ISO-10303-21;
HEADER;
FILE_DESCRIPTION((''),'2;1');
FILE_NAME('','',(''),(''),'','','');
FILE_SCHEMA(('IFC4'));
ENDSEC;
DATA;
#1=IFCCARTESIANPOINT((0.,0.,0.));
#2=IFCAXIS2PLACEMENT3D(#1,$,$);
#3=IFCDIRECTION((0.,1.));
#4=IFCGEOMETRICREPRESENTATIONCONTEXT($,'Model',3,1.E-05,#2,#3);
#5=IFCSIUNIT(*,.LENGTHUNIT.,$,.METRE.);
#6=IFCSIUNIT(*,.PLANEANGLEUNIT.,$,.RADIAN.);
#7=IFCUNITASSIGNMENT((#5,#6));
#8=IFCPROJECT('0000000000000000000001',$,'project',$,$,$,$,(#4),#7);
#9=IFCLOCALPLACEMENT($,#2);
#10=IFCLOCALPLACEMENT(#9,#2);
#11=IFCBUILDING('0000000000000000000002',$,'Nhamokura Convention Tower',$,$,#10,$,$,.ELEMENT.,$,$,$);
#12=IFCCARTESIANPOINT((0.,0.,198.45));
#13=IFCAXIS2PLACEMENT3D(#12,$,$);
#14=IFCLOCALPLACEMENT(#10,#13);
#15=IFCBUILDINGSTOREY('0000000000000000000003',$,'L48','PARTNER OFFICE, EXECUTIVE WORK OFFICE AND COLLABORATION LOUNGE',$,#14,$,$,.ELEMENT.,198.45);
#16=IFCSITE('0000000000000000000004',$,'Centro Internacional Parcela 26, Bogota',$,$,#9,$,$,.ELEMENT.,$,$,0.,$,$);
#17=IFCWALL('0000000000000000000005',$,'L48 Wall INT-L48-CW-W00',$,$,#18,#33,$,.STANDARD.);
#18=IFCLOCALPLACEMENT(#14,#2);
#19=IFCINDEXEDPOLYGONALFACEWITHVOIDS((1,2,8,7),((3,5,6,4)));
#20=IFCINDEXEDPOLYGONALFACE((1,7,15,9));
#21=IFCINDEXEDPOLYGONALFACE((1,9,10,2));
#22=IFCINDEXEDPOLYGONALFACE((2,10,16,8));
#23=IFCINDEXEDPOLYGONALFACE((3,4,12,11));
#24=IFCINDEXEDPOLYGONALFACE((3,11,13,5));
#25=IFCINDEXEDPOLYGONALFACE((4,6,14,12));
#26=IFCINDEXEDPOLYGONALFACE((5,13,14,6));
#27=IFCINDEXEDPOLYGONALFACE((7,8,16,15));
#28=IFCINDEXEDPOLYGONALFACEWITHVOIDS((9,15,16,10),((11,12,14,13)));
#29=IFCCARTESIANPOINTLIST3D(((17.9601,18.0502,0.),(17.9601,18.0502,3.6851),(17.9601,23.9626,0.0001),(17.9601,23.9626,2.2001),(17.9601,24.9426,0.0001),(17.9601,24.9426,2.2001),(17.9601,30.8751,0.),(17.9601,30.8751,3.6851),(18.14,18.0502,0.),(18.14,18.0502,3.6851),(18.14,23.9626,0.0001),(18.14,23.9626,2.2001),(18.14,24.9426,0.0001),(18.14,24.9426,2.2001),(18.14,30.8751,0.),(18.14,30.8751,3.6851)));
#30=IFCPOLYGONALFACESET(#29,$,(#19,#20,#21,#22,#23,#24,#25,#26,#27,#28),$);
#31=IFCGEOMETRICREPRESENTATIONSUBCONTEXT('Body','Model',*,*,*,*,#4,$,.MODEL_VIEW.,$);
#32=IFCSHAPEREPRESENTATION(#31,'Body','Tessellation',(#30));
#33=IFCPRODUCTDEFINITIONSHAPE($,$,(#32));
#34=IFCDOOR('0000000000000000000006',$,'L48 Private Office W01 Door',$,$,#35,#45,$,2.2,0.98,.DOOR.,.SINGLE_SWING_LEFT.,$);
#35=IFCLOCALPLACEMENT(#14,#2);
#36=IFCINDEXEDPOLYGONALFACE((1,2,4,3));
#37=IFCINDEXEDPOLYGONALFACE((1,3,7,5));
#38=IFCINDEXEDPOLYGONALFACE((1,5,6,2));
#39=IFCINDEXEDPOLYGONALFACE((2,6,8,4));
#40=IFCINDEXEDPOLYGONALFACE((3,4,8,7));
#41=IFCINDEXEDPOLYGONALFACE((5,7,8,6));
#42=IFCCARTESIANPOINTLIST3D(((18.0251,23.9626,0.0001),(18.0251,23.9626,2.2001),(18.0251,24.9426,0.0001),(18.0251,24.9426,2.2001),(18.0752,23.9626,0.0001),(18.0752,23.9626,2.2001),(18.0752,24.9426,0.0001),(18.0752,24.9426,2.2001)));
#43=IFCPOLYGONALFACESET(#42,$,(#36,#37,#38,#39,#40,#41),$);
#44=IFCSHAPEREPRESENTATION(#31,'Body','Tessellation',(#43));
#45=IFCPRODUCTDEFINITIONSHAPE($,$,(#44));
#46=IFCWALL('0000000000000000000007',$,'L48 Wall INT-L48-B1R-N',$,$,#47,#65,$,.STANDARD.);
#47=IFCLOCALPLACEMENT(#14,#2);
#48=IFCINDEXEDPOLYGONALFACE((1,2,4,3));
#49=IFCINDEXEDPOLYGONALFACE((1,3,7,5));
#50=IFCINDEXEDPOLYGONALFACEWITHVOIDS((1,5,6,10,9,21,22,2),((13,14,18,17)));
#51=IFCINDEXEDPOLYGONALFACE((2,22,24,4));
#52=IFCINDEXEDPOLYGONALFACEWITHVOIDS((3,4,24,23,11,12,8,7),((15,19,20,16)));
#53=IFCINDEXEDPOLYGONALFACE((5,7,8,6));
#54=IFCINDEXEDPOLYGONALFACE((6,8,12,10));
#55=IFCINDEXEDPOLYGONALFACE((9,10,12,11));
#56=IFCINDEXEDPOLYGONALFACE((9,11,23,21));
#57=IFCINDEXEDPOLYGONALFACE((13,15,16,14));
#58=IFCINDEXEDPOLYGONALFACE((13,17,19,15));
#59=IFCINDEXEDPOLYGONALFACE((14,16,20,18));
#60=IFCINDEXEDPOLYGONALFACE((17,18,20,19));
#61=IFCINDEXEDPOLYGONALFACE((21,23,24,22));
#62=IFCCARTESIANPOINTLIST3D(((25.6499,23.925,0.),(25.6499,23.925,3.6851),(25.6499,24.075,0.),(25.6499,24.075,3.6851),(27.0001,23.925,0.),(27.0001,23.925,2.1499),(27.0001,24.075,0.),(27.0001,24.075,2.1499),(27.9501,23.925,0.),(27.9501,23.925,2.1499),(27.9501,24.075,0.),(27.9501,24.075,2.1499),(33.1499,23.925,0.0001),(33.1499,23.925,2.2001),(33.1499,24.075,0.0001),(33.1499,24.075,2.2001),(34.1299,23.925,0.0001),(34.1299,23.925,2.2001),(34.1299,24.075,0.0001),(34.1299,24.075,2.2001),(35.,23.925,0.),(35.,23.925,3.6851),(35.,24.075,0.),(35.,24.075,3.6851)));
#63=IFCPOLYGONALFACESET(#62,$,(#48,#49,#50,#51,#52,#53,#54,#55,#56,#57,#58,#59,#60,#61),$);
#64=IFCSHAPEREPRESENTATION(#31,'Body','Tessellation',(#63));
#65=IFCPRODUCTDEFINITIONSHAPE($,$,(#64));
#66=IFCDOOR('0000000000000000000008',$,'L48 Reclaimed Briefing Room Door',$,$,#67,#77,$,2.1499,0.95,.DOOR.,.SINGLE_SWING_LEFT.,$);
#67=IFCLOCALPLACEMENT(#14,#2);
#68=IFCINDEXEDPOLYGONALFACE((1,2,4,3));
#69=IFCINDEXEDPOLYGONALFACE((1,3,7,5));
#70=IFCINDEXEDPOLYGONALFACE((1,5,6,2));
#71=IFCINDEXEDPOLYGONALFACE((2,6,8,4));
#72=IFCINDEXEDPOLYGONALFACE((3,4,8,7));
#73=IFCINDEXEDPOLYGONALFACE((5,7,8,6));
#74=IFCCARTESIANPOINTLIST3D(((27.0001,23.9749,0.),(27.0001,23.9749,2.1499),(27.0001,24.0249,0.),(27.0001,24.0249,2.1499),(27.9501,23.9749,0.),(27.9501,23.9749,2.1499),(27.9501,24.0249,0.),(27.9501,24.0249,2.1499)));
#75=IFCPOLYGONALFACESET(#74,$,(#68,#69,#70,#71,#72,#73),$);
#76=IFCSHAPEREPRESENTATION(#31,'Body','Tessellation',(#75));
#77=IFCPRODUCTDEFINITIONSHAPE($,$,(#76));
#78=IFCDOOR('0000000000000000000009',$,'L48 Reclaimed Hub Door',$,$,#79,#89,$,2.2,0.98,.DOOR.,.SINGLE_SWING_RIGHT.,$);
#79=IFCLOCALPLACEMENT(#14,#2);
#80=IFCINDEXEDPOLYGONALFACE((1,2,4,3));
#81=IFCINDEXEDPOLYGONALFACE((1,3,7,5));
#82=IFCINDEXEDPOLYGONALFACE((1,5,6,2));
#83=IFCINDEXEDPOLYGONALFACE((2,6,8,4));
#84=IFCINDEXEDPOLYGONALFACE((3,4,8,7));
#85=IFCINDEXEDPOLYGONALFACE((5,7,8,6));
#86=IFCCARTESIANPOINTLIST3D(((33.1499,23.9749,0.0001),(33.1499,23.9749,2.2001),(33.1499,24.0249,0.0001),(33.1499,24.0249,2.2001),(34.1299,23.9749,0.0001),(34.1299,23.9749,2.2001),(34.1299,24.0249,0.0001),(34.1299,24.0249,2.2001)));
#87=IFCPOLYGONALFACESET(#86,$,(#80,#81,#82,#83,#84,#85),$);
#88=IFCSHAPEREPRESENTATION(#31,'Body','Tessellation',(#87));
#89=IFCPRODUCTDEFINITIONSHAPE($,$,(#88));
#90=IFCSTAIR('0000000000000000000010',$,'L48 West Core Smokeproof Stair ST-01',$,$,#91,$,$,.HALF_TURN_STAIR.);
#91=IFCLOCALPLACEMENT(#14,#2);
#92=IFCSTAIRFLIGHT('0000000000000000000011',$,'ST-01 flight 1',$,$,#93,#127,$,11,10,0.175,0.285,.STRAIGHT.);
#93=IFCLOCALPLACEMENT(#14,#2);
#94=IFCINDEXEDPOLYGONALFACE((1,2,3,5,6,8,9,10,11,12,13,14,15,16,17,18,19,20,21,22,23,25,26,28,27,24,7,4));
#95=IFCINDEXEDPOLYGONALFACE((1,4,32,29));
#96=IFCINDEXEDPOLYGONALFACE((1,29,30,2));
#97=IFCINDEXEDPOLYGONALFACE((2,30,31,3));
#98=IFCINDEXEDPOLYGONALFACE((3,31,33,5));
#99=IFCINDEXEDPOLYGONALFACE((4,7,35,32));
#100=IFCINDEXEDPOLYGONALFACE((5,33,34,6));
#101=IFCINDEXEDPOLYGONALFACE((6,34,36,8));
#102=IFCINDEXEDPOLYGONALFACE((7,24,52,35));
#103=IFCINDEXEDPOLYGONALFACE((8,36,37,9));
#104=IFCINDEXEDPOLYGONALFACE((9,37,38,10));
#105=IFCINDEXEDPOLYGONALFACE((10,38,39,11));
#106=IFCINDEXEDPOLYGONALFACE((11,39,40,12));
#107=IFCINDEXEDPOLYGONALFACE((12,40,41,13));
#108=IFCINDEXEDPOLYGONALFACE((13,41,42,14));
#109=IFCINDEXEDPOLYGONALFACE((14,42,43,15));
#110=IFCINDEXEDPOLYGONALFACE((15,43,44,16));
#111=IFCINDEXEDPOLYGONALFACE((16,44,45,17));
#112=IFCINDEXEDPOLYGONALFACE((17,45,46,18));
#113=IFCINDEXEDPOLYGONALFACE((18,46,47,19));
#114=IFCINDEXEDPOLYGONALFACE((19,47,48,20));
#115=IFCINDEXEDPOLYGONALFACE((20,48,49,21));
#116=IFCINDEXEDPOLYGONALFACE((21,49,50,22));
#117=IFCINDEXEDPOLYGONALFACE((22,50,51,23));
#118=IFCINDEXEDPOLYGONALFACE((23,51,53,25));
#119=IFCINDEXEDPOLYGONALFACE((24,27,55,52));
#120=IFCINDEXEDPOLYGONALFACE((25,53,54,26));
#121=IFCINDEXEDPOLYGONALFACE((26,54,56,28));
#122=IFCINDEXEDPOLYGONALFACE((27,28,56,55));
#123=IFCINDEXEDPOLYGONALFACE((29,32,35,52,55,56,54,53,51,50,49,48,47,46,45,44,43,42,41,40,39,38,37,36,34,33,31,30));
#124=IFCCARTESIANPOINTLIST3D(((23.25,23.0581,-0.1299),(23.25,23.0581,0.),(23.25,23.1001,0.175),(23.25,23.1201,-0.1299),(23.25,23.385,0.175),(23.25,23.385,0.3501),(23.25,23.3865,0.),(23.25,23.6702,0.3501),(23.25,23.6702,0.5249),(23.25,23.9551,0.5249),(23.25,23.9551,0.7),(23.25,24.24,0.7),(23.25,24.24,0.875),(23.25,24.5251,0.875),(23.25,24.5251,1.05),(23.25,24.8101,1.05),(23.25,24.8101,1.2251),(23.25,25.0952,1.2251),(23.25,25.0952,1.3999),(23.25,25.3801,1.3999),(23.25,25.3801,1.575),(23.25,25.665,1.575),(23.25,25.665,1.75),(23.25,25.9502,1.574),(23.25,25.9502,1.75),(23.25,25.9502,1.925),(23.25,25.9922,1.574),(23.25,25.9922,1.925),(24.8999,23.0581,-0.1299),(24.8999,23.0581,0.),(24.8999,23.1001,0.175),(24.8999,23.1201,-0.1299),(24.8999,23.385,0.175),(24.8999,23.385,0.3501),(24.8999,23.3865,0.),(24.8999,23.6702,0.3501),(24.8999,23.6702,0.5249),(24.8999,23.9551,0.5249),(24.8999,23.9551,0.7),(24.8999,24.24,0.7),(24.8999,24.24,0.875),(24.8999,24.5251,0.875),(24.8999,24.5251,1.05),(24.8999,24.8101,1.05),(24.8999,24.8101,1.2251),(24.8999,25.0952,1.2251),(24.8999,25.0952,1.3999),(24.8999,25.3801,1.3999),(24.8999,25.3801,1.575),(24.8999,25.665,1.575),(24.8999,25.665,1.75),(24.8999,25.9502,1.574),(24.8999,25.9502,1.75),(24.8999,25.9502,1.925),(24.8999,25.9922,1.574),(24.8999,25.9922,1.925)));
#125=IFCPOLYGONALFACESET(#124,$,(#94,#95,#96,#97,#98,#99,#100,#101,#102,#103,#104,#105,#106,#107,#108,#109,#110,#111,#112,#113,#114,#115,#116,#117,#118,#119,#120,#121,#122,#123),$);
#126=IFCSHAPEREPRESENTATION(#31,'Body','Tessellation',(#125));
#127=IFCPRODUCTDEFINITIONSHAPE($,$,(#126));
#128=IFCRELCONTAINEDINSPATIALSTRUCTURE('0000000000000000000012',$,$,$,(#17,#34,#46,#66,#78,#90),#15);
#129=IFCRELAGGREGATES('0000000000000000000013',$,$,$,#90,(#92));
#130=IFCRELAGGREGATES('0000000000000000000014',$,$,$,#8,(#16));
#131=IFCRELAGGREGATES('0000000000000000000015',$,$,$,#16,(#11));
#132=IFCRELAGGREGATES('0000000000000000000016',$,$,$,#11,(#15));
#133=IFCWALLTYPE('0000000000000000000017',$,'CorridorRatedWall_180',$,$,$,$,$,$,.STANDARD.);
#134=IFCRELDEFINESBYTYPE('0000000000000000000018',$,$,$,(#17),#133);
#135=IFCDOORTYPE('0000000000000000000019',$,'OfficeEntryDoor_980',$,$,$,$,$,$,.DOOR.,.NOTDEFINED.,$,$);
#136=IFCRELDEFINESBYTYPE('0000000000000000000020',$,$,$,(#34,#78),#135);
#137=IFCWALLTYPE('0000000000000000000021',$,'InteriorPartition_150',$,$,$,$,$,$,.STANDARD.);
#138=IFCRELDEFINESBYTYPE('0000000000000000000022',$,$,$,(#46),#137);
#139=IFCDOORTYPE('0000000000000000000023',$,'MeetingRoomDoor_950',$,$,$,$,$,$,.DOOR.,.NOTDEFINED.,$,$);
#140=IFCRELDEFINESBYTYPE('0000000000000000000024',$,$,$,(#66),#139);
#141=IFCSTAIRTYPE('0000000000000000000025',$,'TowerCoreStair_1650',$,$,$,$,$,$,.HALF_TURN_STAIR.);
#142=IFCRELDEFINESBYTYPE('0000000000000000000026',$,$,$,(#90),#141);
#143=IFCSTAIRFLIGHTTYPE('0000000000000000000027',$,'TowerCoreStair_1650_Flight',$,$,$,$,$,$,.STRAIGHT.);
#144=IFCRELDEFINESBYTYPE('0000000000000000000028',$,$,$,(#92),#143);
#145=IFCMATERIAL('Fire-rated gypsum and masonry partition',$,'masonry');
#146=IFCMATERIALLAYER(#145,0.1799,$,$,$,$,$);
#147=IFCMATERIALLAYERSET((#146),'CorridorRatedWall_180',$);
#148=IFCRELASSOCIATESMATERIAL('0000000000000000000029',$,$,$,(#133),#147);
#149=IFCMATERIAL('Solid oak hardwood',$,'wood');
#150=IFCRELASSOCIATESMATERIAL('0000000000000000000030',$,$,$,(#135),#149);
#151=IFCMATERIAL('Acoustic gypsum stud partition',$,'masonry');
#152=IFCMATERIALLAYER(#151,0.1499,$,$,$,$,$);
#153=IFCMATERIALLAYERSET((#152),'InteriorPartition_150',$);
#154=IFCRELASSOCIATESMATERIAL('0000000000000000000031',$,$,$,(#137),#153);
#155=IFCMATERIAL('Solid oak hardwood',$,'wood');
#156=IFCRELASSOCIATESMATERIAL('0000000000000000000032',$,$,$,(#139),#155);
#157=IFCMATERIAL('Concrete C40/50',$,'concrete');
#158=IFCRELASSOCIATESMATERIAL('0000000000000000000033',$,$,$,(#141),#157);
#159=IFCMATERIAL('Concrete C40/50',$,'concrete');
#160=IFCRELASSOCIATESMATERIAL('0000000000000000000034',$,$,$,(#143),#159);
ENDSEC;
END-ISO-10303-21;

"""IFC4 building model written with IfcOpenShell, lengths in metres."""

from ifc_helpers import new_model, si_unit, direction, frame, frame_2d, origin, place, context, subcontext, project, spatial, polyline, rectangle, outline, extrude, material, layer, layer_set, type_object, element, fill, aggregate, save


model = new_model("IFC4")

# Units and contexts
model_context = context("Model", 3, precision=1e-05, world=origin(), true_north=direction((0.0, 1.0)))
body_context = subcontext(model_context, "Body", "Model", "MODEL_VIEW")
ifc_project = project(units=[si_unit("LENGTHUNIT", "METRE"), si_unit("PLANEANGLEUNIT", "RADIAN")], contexts=[model_context])

# Site, building, storey
site_placement = place(None, origin())
site = spatial("IfcSite", under=ifc_project, at=site_placement, Name="Centro Internacional Parcela 26, Bogota", CompositionType="ELEMENT", RefElevation=0.0)
building_placement = place(site_placement, origin())
building = spatial("IfcBuilding", under=site, at=building_placement, Name="Nhamokura Convention Tower", CompositionType="ELEMENT")
storey_placement = place(building_placement, frame((0.0, 0.0, 198.45)))
storey = spatial("IfcBuildingStorey", under=building, at=storey_placement, Name="L48", Description="PARTNER OFFICE, EXECUTIVE WORK OFFICE AND COLLABORATION LOUNGE", CompositionType="ELEMENT", Elevation=198.45)

# Wall, opening, door
ifc_material_1 = material(Name="Fire-rated gypsum and masonry partition", Category="masonry")
ifc_layer_1 = layer(ifc_material_1, 0.1799)
ifc_layer_set_1 = layer_set([ifc_layer_1], Name="CorridorRatedWall_180")
wall_type_1 = type_object("IfcWallType", Name="CorridorRatedWall_180", PredefinedType="STANDARD", material=ifc_layer_set_1)
ifc_material_2 = material(Name="Solid oak hardwood", Category="wood")
door_type_1 = type_object("IfcDoorType", Name="OfficeEntryDoor_980", OperationType="NOTDEFINED", PredefinedType="DOOR", material=ifc_material_2)
wall_1_placement = place(storey_placement, frame((18.05, 18.05, 0.0), z_axis=(0.0, 0.0, 1.0), x_axis=(0.0, 1.0, 0.0)))
wall_1 = element("IfcWall", 1, at=wall_1_placement, inside=storey, type_object=wall_type_1, Name="L48 Wall INT-L48-CW-W00", PredefinedType="STANDARD", context=body_context, shape_type="SweptSolid", body=[
    extrude(rectangle(XDim=12.825, YDim=0.1799, at=frame_2d((6.4126, 0.0))), origin(), (0.0, 0.0, 1.0), 3.6851),
])
opening_1_placement = place(wall_1_placement, frame((5.9126, 0.0, 0.0)))
opening_1 = element("IfcOpeningElement", 2, at=opening_1_placement, cuts=wall_1, PredefinedType="OPENING", context=body_context, shape_type="SweptSolid", body=[
    extrude(rectangle(XDim=0.98, YDim=2.2, at=frame_2d((0.49, 1.1001))), frame((0.0, 0.0999, 0.0), z_axis=(0.0, -1.0, 0.0), x_axis=(1.0, 0.0, 0.0)), (0.0, 0.0, 1.0), 0.2),
])
door_1_placement = place(opening_1_placement, origin())
door_1 = element("IfcDoor", 3, at=door_1_placement, inside=storey, type_object=door_type_1, Name="L48 Private Office W01 Door", OperationType="SINGLE_SWING_LEFT", OverallHeight=2.2, OverallWidth=0.98, PredefinedType="DOOR", context=body_context, shape_type="SweptSolid", body=[
    extrude(rectangle(XDim=0.98, YDim=2.2, at=frame_2d((0.49, 1.1001))), frame((0.0, 0.0249, 0.0), z_axis=(0.0, -1.0, 0.0), x_axis=(1.0, 0.0, 0.0)), (0.0, 0.0, 1.0), 0.05),
])
fill(opening_1, door_1)

# Wall, openings, doors
ifc_material_3 = material(Name="Acoustic gypsum stud partition", Category="masonry")
ifc_layer_2 = layer(ifc_material_3, 0.1499)
ifc_layer_set_2 = layer_set([ifc_layer_2], Name="InteriorPartition_150")
wall_type_2 = type_object("IfcWallType", Name="InteriorPartition_150", PredefinedType="STANDARD", material=ifc_layer_set_2)
wall_2_placement = place(storey_placement, frame((25.6499, 24.0, 0.0), z_axis=(0.0, 0.0, 1.0), x_axis=(1.0, 0.0, 0.0)))
wall_2 = element("IfcWall", 4, at=wall_2_placement, inside=storey, type_object=wall_type_2, Name="L48 Wall INT-L48-B1R-N", PredefinedType="STANDARD", context=body_context, shape_type="SweptSolid", body=[
    extrude(rectangle(XDim=9.3501, YDim=0.1499, at=frame_2d((4.675, 0.0))), origin(), (0.0, 0.0, 1.0), 3.6851),
])
opening_2_placement = place(wall_2_placement, frame((1.3501, 0.0, 0.0)))
opening_2 = element("IfcOpeningElement", 5, at=opening_2_placement, cuts=wall_2, PredefinedType="OPENING", context=body_context, shape_type="SweptSolid", body=[
    extrude(rectangle(XDim=0.95, YDim=2.1499, at=frame_2d((0.4751, 1.075))), frame((0.0, 0.085, 0.0), z_axis=(0.0, -1.0, 0.0), x_axis=(1.0, 0.0, 0.0)), (0.0, 0.0, 1.0), 0.1699),
])
opening_3_placement = place(wall_2_placement, frame((7.5, 0.0, 0.0)))
opening_3 = element("IfcOpeningElement", 6, at=opening_3_placement, cuts=wall_2, PredefinedType="OPENING", context=body_context, shape_type="SweptSolid", body=[
    extrude(rectangle(XDim=0.98, YDim=2.2, at=frame_2d((0.49, 1.1001))), frame((0.0, 0.085, 0.0), z_axis=(0.0, -1.0, 0.0), x_axis=(1.0, 0.0, 0.0)), (0.0, 0.0, 1.0), 0.1699),
])
ifc_material_4 = material(Name="Solid oak hardwood", Category="wood")
door_type_2 = type_object("IfcDoorType", Name="MeetingRoomDoor_950", OperationType="NOTDEFINED", PredefinedType="DOOR", material=ifc_material_4)
door_2_placement = place(opening_2_placement, origin())
door_2 = element("IfcDoor", 7, at=door_2_placement, inside=storey, type_object=door_type_2, Name="L48 Reclaimed Briefing Room Door", OperationType="SINGLE_SWING_LEFT", OverallHeight=2.1499, OverallWidth=0.95, PredefinedType="DOOR", context=body_context, shape_type="SweptSolid", body=[
    extrude(rectangle(XDim=0.95, YDim=2.1499, at=frame_2d((0.4751, 1.075))), frame((0.0, 0.0249, 0.0), z_axis=(0.0, -1.0, 0.0), x_axis=(1.0, 0.0, 0.0)), (0.0, 0.0, 1.0), 0.05),
])
fill(opening_2, door_2)
door_3_placement = place(opening_3_placement, origin())
door_3 = element("IfcDoor", 8, at=door_3_placement, inside=storey, type_object=door_type_1, Name="L48 Reclaimed Hub Door", OperationType="SINGLE_SWING_RIGHT", OverallHeight=2.2, OverallWidth=0.98, PredefinedType="DOOR", context=body_context, shape_type="SweptSolid", body=[
    extrude(rectangle(XDim=0.98, YDim=2.2, at=frame_2d((0.49, 1.1001))), frame((0.0, 0.0249, 0.0), z_axis=(0.0, -1.0, 0.0), x_axis=(1.0, 0.0, 0.0)), (0.0, 0.0, 1.0), 0.05),
])
fill(opening_3, door_3)

# Stair, stair flight
ifc_material_5 = material(Name="Concrete C40/50", Category="concrete")
stair_type = type_object("IfcStairType", Name="TowerCoreStair_1650", PredefinedType="HALF_TURN_STAIR", material=ifc_material_5)
stair_placement = place(storey_placement, origin())
stair = element("IfcStair", 9, at=stair_placement, inside=storey, type_object=stair_type, Name="L48 West Core Smokeproof Stair ST-01", PredefinedType="HALF_TURN_STAIR")
ifc_material_6 = material(Name="Concrete C40/50", Category="concrete")
stair_flight_type = type_object("IfcStairFlightType", Name="TowerCoreStair_1650_Flight", PredefinedType="STRAIGHT", material=ifc_material_6)
stair_flight_placement = place(storey_placement, frame((24.075, 23.1001, 0.0), z_axis=(0.0, 0.0, 1.0), x_axis=(0.0, 1.0, 0.0)))
stair_flight = element("IfcStairFlight", 10, at=stair_flight_placement, type_object=stair_flight_type, Name="ST-01 flight 1", NumberOfRisers=11, NumberOfTreads=10, PredefinedType="STRAIGHT", RiserHeight=0.175, TreadLength=0.285, context=body_context, shape_type="SweptSolid", body=[
    extrude(outline(polyline([(-0.042, 0.0), (0.0, 0.175), (0.2849, 0.175), (0.2849, 0.3501), (0.5701, 0.3501), (0.5701, 0.5249), (0.855, 0.5249), (0.855, 0.7), (1.1399, 0.7), (1.1399, 0.875), (1.425, 0.875), (1.425, 1.05), (1.71, 1.05), (1.71, 1.2251), (1.9951, 1.2251), (1.9951, 1.3999), (2.28, 1.3999), (2.28, 1.575), (2.5649, 1.575), (2.5649, 1.75), (2.8501, 1.75), (2.8501, 1.925), (2.8921, 1.925), (2.8921, 1.574), (2.8501, 1.574), (0.2864, 0.0), (0.02, -0.1299), (-0.042, -0.1299), (-0.042, 0.0)])), frame((0.0, 0.825, 0.0), z_axis=(0.0, -1.0, 0.0), x_axis=(1.0, 0.0, 0.0)), (0.0, 0.0, 1.0), 1.6499),
])
aggregate(stair, [stair_flight])

save(model, "model.ifc")
